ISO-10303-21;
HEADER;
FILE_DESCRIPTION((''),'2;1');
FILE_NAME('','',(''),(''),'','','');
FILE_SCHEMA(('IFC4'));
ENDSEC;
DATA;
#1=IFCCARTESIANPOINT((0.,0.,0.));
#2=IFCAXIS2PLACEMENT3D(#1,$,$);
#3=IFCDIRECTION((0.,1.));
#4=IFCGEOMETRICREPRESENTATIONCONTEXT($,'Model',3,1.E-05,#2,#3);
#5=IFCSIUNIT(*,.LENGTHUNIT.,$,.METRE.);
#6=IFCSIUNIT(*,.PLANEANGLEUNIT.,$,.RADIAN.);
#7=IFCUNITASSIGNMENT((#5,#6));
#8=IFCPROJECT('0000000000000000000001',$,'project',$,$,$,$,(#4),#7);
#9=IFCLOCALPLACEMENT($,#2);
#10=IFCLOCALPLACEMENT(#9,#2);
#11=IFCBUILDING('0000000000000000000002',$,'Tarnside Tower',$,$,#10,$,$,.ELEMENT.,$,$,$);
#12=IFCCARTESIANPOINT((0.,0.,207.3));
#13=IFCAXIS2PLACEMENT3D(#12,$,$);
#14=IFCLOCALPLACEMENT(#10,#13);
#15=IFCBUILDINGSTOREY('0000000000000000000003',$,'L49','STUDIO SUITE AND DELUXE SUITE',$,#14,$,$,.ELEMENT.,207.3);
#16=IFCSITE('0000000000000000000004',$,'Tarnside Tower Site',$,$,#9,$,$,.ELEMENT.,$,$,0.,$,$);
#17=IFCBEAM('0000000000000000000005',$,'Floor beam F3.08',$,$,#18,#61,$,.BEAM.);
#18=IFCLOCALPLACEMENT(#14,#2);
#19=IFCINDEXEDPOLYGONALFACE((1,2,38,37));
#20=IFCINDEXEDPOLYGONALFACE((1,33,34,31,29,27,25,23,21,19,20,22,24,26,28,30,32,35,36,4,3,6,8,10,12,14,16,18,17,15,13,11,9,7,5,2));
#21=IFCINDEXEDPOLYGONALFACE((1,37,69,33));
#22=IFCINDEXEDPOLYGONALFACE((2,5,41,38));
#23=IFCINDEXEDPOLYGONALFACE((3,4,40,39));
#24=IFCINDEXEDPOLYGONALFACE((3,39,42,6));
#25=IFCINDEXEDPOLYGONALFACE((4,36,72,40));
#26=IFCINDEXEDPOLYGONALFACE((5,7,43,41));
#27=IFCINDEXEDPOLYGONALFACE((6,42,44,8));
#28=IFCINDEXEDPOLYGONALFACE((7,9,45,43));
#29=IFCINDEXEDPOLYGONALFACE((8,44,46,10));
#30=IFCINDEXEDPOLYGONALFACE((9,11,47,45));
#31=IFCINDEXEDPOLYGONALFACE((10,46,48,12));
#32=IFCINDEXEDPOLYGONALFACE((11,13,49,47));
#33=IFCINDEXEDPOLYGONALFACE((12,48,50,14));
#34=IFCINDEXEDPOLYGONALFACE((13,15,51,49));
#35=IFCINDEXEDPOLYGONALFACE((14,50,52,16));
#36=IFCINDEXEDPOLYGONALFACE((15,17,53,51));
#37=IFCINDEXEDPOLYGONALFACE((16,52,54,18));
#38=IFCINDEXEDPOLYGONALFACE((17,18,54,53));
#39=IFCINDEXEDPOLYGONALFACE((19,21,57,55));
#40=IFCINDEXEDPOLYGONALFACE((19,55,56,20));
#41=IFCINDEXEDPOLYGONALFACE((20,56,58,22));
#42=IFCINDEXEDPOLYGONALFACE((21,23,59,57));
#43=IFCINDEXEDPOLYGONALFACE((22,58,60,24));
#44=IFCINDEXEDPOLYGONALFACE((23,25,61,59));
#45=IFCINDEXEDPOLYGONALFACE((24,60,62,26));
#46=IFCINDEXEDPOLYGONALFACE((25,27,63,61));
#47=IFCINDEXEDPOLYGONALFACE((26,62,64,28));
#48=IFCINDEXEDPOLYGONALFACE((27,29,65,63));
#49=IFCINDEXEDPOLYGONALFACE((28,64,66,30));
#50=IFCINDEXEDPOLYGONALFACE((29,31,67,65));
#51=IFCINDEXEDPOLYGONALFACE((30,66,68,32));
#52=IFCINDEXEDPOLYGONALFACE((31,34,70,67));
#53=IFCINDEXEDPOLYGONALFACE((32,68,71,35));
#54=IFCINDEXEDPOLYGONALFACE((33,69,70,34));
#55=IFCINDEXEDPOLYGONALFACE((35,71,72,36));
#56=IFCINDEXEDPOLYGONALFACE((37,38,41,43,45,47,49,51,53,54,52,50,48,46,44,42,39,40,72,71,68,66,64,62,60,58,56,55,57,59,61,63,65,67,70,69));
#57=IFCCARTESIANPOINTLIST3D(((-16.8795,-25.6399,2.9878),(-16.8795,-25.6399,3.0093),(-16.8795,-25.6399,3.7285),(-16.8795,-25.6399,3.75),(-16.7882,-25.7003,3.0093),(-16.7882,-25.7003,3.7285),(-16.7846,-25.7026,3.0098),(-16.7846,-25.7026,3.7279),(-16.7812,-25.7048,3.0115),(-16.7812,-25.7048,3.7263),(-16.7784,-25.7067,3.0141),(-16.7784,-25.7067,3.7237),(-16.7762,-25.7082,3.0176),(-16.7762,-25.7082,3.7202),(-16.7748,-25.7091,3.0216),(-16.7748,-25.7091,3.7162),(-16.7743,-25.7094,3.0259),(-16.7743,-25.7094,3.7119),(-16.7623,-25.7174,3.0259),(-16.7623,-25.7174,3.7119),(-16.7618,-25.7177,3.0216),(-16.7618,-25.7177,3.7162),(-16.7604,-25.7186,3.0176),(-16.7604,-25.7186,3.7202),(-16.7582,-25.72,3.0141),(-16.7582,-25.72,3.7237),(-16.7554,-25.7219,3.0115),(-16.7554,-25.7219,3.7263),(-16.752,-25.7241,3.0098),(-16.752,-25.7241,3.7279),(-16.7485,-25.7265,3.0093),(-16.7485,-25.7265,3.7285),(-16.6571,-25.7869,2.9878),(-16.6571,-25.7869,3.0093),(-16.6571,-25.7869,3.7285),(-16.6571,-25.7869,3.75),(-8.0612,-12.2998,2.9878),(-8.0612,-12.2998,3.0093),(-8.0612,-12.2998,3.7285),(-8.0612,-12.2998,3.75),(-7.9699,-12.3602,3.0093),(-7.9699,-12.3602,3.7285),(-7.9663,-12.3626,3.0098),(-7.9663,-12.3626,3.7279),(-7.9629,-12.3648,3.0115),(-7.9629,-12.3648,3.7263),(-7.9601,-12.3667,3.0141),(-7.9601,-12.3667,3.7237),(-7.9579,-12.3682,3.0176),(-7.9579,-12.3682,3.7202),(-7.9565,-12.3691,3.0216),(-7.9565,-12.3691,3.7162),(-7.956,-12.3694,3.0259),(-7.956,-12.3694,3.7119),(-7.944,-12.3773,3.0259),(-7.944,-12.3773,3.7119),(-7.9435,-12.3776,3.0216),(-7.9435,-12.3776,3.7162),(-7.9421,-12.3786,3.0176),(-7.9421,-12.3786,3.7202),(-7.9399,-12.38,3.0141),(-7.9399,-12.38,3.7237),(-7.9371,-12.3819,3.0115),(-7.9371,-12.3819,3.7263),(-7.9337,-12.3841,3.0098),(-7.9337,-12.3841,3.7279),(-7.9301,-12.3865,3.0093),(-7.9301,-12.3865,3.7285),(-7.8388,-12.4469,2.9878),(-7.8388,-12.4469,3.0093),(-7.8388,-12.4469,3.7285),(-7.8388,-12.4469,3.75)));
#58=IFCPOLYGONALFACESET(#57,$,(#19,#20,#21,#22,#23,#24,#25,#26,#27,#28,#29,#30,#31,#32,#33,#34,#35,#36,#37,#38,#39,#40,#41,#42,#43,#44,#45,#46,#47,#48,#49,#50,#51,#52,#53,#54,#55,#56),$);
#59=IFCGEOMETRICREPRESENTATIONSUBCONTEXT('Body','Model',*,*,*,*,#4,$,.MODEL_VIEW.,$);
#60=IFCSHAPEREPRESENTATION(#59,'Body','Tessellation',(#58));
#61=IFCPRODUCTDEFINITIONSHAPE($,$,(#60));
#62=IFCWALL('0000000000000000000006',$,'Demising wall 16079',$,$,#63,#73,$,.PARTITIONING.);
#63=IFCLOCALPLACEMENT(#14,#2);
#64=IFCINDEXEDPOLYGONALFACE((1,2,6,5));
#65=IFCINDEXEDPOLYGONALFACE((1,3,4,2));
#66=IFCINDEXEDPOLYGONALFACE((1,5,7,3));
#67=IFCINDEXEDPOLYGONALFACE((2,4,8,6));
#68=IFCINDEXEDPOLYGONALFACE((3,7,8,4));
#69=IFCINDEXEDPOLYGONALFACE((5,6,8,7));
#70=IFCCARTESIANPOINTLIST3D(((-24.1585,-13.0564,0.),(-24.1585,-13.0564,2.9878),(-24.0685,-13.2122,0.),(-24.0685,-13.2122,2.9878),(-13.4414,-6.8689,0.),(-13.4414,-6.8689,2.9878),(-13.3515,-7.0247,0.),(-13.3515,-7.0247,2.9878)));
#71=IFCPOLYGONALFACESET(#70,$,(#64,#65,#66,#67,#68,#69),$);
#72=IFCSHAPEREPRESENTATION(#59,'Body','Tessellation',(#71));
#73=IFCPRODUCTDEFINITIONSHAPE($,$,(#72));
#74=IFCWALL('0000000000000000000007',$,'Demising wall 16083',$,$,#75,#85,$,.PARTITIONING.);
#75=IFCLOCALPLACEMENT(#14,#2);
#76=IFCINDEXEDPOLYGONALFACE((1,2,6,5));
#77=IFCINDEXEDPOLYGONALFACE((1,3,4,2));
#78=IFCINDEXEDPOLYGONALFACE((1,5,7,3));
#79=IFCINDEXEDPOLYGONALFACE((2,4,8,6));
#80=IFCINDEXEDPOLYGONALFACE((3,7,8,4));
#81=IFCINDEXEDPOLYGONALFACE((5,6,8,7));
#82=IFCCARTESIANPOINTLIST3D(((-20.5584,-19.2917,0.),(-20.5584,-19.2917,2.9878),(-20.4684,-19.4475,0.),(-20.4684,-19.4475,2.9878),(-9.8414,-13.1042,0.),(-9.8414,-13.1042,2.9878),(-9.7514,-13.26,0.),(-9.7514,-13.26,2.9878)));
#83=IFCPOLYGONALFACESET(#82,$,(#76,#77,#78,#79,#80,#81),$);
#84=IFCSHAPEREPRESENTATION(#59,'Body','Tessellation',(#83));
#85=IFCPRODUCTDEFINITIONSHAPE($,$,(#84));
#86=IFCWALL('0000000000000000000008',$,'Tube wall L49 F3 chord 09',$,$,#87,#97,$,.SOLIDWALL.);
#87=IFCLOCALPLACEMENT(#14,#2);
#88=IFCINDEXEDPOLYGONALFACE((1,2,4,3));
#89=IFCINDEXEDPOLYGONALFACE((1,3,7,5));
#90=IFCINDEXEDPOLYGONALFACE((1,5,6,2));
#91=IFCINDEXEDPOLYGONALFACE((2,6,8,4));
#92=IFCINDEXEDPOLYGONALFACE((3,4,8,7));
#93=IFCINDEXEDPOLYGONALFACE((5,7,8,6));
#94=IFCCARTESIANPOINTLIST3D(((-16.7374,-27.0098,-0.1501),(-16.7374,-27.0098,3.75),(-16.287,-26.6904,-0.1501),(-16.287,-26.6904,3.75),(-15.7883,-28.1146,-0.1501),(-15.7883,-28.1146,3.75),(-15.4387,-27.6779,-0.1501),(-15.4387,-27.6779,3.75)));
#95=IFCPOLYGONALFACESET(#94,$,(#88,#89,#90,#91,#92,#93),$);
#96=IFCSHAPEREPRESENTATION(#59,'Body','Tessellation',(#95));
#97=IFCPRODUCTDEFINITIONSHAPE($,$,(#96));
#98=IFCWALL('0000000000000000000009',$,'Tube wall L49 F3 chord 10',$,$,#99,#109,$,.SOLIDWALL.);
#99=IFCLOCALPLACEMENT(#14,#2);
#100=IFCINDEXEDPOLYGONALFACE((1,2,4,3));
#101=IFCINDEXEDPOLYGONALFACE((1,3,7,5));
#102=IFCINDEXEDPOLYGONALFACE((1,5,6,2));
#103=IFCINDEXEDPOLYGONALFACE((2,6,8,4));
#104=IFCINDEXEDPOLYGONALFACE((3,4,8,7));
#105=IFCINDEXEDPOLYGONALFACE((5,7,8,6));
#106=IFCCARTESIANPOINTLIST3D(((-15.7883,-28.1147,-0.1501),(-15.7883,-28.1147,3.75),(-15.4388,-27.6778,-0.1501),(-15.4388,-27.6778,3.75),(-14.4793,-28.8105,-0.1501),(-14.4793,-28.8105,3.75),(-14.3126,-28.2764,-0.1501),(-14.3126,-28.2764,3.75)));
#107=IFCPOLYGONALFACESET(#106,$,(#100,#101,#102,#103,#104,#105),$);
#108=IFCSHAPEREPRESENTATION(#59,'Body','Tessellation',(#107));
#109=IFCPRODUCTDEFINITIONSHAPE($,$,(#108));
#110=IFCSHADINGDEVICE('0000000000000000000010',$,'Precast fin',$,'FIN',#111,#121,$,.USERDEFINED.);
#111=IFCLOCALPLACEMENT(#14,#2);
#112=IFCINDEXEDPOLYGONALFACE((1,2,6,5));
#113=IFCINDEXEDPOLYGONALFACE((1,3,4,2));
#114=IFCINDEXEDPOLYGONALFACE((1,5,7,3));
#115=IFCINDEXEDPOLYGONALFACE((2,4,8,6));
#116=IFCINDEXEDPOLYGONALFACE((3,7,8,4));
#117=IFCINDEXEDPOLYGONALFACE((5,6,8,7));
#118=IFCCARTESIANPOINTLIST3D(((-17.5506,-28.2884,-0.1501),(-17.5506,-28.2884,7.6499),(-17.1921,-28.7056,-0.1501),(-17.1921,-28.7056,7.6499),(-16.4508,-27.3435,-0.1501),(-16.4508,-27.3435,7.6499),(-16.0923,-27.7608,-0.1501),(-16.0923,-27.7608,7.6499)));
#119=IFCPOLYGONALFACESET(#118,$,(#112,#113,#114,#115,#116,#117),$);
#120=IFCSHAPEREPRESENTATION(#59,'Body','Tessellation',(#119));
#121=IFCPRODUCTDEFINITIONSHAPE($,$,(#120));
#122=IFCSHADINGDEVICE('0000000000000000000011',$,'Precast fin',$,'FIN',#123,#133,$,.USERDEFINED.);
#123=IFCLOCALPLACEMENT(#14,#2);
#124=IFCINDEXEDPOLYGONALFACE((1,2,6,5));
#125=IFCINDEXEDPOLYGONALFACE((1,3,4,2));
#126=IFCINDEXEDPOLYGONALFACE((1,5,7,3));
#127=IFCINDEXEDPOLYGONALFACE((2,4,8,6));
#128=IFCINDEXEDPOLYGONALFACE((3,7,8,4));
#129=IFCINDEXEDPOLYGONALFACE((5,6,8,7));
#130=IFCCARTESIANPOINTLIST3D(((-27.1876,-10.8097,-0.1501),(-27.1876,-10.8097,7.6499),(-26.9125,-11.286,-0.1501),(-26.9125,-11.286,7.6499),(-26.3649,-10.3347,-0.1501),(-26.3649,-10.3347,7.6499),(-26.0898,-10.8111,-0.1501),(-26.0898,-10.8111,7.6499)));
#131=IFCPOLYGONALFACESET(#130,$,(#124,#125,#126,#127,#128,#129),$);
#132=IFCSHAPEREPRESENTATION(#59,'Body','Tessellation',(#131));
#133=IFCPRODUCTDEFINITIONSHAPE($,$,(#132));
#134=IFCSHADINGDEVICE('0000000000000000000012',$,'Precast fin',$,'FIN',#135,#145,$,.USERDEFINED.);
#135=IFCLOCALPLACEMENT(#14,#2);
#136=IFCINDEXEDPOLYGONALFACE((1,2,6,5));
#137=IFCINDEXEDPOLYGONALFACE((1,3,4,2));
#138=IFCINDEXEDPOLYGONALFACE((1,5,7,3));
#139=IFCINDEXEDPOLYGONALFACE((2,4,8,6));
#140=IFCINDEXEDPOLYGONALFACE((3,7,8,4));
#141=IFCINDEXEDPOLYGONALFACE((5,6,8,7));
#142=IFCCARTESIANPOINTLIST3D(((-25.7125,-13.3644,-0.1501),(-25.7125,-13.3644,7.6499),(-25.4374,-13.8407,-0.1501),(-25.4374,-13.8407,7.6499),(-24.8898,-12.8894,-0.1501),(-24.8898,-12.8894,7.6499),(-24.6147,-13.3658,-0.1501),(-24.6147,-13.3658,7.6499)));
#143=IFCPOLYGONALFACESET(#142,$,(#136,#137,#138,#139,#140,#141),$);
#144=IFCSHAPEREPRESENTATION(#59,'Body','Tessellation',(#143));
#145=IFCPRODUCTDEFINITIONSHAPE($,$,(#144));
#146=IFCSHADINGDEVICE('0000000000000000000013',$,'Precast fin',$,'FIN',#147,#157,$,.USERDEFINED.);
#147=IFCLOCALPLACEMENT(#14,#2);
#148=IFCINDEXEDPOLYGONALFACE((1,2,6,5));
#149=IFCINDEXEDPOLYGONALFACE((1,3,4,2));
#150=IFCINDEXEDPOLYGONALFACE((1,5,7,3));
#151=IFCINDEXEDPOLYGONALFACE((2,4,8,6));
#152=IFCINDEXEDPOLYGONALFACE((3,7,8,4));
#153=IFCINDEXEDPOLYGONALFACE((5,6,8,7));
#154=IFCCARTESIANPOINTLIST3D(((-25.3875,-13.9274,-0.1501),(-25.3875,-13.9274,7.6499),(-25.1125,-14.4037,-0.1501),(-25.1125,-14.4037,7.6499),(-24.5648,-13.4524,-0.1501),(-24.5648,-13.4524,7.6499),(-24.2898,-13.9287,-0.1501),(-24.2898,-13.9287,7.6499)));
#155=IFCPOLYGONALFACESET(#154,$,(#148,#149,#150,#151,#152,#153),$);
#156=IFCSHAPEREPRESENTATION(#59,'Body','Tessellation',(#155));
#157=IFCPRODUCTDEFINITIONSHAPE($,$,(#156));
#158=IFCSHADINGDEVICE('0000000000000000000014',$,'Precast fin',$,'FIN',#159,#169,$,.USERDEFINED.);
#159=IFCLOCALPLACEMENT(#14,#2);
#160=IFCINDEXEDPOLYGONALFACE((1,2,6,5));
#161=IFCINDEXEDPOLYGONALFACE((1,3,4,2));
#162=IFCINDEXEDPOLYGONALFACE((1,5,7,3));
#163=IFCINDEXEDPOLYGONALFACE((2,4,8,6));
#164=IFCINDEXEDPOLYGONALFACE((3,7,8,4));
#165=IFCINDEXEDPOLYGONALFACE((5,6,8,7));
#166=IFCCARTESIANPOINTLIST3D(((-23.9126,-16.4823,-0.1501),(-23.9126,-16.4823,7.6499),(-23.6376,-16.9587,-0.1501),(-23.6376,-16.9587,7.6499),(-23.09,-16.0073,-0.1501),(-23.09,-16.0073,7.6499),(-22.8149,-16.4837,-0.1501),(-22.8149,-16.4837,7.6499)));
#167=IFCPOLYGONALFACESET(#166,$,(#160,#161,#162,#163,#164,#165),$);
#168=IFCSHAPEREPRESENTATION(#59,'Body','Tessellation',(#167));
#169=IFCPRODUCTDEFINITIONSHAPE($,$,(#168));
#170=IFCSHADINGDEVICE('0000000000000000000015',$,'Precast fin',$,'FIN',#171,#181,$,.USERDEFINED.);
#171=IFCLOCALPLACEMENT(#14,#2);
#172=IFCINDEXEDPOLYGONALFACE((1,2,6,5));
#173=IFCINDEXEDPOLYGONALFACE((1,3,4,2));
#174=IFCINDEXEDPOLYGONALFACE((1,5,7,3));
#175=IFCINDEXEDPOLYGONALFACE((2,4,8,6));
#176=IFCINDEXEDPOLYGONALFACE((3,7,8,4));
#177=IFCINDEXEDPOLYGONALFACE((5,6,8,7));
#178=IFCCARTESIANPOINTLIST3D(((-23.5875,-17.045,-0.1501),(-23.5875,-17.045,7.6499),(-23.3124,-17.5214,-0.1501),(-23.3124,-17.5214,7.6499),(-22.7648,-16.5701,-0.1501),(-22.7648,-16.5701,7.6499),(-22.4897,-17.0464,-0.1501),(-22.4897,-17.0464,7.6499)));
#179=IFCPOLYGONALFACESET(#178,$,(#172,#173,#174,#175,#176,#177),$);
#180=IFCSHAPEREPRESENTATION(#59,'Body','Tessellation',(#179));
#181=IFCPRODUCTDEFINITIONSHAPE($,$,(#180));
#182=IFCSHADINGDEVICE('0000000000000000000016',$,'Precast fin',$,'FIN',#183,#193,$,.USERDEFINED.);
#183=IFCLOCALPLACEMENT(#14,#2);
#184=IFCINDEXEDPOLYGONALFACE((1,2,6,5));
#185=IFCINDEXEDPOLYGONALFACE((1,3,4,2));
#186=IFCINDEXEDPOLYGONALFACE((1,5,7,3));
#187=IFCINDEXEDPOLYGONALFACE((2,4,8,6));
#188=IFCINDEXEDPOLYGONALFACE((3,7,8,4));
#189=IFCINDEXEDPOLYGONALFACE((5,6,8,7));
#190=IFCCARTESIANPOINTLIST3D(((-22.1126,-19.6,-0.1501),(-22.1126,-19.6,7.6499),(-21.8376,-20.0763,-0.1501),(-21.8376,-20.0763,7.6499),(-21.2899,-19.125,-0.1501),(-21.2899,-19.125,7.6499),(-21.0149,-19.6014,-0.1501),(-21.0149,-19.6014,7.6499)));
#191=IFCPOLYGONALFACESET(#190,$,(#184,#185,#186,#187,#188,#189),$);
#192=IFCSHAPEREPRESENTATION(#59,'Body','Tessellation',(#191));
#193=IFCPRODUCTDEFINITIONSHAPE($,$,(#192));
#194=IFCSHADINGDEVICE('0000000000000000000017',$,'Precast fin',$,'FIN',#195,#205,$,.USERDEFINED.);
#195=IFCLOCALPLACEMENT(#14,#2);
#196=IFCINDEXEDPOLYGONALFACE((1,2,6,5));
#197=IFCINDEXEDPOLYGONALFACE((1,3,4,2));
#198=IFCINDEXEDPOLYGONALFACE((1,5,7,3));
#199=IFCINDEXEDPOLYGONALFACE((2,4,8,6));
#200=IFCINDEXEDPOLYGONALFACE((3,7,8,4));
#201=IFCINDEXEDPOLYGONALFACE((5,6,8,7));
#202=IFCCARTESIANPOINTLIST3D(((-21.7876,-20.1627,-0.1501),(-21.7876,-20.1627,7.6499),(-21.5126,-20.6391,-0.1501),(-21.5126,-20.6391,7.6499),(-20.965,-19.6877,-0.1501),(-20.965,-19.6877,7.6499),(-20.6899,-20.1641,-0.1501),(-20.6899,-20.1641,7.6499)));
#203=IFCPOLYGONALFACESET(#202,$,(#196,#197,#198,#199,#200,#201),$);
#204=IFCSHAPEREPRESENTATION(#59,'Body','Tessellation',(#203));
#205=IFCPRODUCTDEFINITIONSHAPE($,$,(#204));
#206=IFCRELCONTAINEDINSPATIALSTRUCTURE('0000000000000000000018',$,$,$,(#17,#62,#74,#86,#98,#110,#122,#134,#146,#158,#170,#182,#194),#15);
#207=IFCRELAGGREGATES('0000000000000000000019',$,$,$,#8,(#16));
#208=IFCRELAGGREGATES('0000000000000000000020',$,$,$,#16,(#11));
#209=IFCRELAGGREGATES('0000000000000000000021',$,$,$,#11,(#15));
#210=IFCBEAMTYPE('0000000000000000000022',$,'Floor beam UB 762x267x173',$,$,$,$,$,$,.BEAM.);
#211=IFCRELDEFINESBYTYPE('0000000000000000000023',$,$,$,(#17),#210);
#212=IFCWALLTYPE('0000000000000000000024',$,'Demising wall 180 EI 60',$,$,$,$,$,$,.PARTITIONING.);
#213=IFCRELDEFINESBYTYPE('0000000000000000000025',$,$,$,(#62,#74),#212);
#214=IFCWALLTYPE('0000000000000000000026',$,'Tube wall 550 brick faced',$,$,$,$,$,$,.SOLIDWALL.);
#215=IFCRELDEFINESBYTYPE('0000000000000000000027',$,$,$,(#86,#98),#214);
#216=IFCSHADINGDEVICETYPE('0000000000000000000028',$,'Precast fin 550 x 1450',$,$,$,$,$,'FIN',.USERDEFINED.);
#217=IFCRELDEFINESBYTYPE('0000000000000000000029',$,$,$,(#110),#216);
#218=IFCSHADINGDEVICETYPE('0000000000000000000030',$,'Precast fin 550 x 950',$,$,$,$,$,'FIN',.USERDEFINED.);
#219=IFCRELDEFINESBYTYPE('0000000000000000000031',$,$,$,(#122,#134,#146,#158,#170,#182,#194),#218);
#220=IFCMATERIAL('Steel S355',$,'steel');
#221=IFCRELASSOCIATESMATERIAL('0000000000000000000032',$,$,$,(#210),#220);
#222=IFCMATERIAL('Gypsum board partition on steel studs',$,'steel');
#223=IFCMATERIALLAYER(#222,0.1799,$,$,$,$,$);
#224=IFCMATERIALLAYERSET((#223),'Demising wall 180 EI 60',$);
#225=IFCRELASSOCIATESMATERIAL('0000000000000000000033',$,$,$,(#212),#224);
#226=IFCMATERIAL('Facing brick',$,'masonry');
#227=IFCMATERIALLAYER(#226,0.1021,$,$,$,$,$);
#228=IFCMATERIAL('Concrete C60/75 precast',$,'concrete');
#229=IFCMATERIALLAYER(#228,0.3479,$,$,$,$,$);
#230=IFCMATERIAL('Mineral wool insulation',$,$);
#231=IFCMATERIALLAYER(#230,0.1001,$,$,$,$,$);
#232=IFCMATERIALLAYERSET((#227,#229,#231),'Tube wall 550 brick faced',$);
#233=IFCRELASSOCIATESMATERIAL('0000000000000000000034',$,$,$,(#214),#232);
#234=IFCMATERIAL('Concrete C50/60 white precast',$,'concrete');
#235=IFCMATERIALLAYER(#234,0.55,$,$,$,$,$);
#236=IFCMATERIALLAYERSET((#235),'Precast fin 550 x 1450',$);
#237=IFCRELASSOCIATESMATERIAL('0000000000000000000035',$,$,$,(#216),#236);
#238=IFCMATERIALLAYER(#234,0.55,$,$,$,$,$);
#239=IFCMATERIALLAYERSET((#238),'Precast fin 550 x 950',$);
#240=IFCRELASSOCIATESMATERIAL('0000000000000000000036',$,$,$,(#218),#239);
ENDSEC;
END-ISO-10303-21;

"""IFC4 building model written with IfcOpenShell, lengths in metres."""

from ifc_helpers import new_model, si_unit, direction, frame, frame_2d, origin, origin_2d, place, context, subcontext, project, spatial, polyline, rectangle, i_section, outline, extrude, material, layer, layer_set, material_profile, profile_set, type_object, element, save


model = new_model("IFC4")

# Units and contexts
model_context = context("Model", 3, precision=1e-05, world=origin(), true_north=direction((0.0, 1.0)))
body_context = subcontext(model_context, "Body", "Model", "MODEL_VIEW")
ifc_project = project(units=[si_unit("LENGTHUNIT", "METRE"), si_unit("PLANEANGLEUNIT", "RADIAN")], contexts=[model_context])

# Site, building, storey
site_placement = place(None, origin())
site = spatial("IfcSite", under=ifc_project, at=site_placement, Name="Tarnside Tower Site", CompositionType="ELEMENT", RefElevation=0.0)
building_placement = place(site_placement, origin())
building = spatial("IfcBuilding", under=site, at=building_placement, Name="Tarnside Tower", CompositionType="ELEMENT")
storey_placement = place(building_placement, frame((0.0, 0.0, 207.3)))
storey = spatial("IfcBuildingStorey", under=building, at=storey_placement, Name="L49", Description="STUDIO SUITE AND DELUXE SUITE", CompositionType="ELEMENT", Elevation=207.3)

# Beam
ifc_material_1 = material(Name="Steel S355", Category="steel")
ifc_material_profile_1 = material_profile(ifc_material_1, i_section(OverallWidth=0.2666, OverallDepth=0.7622, WebThickness=0.0144, FlangeThickness=0.0215, FilletRadius=0.0166, at=origin_2d()), Name="UB 762x267x173")
ifc_profile_set_1 = profile_set([ifc_material_profile_1], Name="Steel S355")
beam_type_1 = type_object("IfcBeamType", Name="Floor beam UB 762x267x173", PredefinedType="BEAM", material=ifc_profile_set_1)
beam_1_placement = place(storey_placement, frame((-16.7683, -25.7134, 3.3689), z_axis=(0.551448, 0.83421, 0.0), x_axis=(-0.83421, 0.551448, 0.0)))
element("IfcBeam", 1, at=beam_1_placement, inside=storey, type_object=beam_type_1, Name="Floor beam F3.08", PredefinedType="BEAM", context=body_context, shape_type="SweptSolid", body=[
    extrude(i_section(OverallWidth=0.2666, OverallDepth=0.7622, WebThickness=0.0144, FlangeThickness=0.0215, FilletRadius=0.0166, at=origin_2d()), origin(), (0.0, 0.0, 1.0), 15.9912),
])

# Walls
ifc_material_2 = material(Name="Gypsum board partition on steel studs", Category="steel")
ifc_layer_1 = layer(ifc_material_2, 0.1799)
ifc_layer_set_1 = layer_set([ifc_layer_1], Name="Demising wall 180 EI 60")
wall_type_1 = type_object("IfcWallType", Name="Demising wall 180 EI 60", PredefinedType="PARTITIONING", material=ifc_layer_set_1)
for number, where, z_axis, x_axis, name in (
    (2, (-24.1135, -13.1343, 0.0), (0.0, 0.0, 1.0), (0.866025, 0.500001, 0.0), "Demising wall 16079"),
    (3, (-20.5134, -19.3696, 0.0), (0.0, 0.0, 1.0), (0.866025, 0.500001, 0.0), "Demising wall 16083"),
):
    element("IfcWall", number, at=place(storey_placement, frame(where, z_axis=z_axis, x_axis=x_axis)), inside=storey, type_object=wall_type_1, Name=name, PredefinedType="PARTITIONING", context=body_context, shape_type="SweptSolid", body=[
        extrude(rectangle(XDim=12.375, YDim=0.1799, at=frame_2d((6.1875, 0.0))), origin(), (0.0, 0.0, 1.0), 2.9878),
    ])
ifc_material_3 = material(Name="Facing brick", Category="masonry")
ifc_layer_2 = layer(ifc_material_3, 0.1021)
ifc_material_4 = material(Name="Concrete C60/75 precast", Category="concrete")
ifc_layer_3 = layer(ifc_material_4, 0.3479)
ifc_material_5 = material(Name="Mineral wool insulation")
ifc_layer_4 = layer(ifc_material_5, 0.1001)
ifc_layer_set_2 = layer_set([ifc_layer_2, ifc_layer_3, ifc_layer_4], Name="Tube wall 550 brick faced")
wall_type_2 = type_object("IfcWallType", Name="Tube wall 550 brick faced", PredefinedType="SOLIDWALL", material=ifc_layer_set_2)
wall_1_placement = place(storey_placement, frame((-16.5122, -26.8501, -0.1501), z_axis=(0.0, 0.0, 1.0), x_axis=(0.651622, -0.758544, 0.0)))
element("IfcWall", 4, at=wall_1_placement, inside=storey, type_object=wall_type_2, Name="Tube wall L49 F3 chord 09", PredefinedType="SOLIDWALL", context=body_context, shape_type="SweptSolid", body=[
    extrude(outline(polyline([(-0.0256, -0.2749), (1.4309, -0.2749), (1.3274, 0.2749), (0.0256, 0.2749), (-0.0256, -0.2749)])), origin(), (0.0, 0.0, 1.0), 3.9001),
])
wall_2_placement = place(storey_placement, frame((-15.6135, -27.8962, -0.1501), z_axis=(0.0, 0.0, 1.0), x_axis=(0.882994, -0.469384, 0.0)))
element("IfcWall", 5, at=wall_2_placement, inside=storey, type_object=wall_type_2, Name="Tube wall L49 F3 chord 10", PredefinedType="SOLIDWALL", context=body_context, shape_type="SweptSolid", body=[
    extrude(outline(polyline([(-0.0518, -0.2749), (1.4307, -0.2749), (1.3271, 0.2749), (0.0518, 0.2749), (-0.0518, -0.2749)])), origin(), (0.0, 0.0, 1.0), 3.9001),
])

# Shading devices
ifc_material_6 = material(Name="Concrete C50/60 white precast", Category="concrete")
ifc_layer_5 = layer(ifc_material_6, 0.55)
ifc_layer_set_3 = layer_set([ifc_layer_5], Name="Precast fin 550 x 1450")
shading_device_type_1 = type_object("IfcShadingDeviceType", Name="Precast fin 550 x 1450", ElementType="FIN", PredefinedType="USERDEFINED", material=ifc_layer_set_3)
shading_device_placement = place(storey_placement, frame((-16.2715, -27.5522, -0.1501), z_axis=(-0.651657, 0.758514, 0.0), x_axis=(-0.758514, -0.651657, 0.0)))
element("IfcShadingDevice", 6, at=shading_device_placement, inside=storey, type_object=shading_device_type_1, Name="Precast fin", ObjectType="FIN", PredefinedType="USERDEFINED", context=body_context, shape_type="SweptSolid", body=[
    extrude(outline(polyline([(0.0, 0.0), (1.45, 0.0), (1.45, 7.8), (0.0, 7.8), (0.0, 0.0)])), frame((0.0, 0.0, -0.2749)), (0.0, 0.0, 1.0), 0.55),
])
ifc_layer_6 = layer(ifc_material_6, 0.55)
ifc_layer_set_4 = layer_set([ifc_layer_6], Name="Precast fin 550 x 950")
shading_device_type_2 = type_object("IfcShadingDeviceType", Name="Precast fin 550 x 950", ElementType="FIN", PredefinedType="USERDEFINED", material=ifc_layer_set_4)
for number, where, z_axis, x_axis, name in (
    (7, (-26.2273, -10.573, -0.1501), (-0.5, 0.866025, 0.0), (-0.866025, -0.5, 0.0), "Precast fin"),
    (8, (-24.7522, -13.1277, -0.1501), (-0.5, 0.866025, 0.0), (-0.866025, -0.5, 0.0), "Precast fin"),
    (9, (-24.4272, -13.6907, -0.1501), (-0.5, 0.866025, 0.0), (-0.866025, -0.5, 0.0), "Precast fin"),
    (10, (-22.9524, -16.2456, -0.1501), (-0.5, 0.866025, 0.0), (-0.866025, -0.5, 0.0), "Precast fin"),
    (11, (-22.6272, -16.8083, -0.1501), (-0.5, 0.866025, 0.0), (-0.866025, -0.5, 0.0), "Precast fin"),
    (12, (-21.1523, -19.3633, -0.1501), (-0.5, 0.866025, 0.0), (-0.866025, -0.5, 0.0), "Precast fin"),
    (13, (-20.8274, -19.926, -0.1501), (-0.5, 0.866025, 0.0), (-0.866025, -0.5, 0.0), "Precast fin"),
):
    element("IfcShadingDevice", number, at=place(storey_placement, frame(where, z_axis=z_axis, x_axis=x_axis)), inside=storey, type_object=shading_device_type_2, Name=name, ObjectType="FIN", PredefinedType="USERDEFINED", context=body_context, shape_type="SweptSolid", body=[
        extrude(outline(polyline([(0.0, 0.0), (0.95, 0.0), (0.95, 7.8), (0.0, 7.8), (0.0, 0.0)])), frame((0.0, 0.0, -0.2749)), (0.0, 0.0, 1.0), 0.55),
    ])

save(model, "model.ifc")
